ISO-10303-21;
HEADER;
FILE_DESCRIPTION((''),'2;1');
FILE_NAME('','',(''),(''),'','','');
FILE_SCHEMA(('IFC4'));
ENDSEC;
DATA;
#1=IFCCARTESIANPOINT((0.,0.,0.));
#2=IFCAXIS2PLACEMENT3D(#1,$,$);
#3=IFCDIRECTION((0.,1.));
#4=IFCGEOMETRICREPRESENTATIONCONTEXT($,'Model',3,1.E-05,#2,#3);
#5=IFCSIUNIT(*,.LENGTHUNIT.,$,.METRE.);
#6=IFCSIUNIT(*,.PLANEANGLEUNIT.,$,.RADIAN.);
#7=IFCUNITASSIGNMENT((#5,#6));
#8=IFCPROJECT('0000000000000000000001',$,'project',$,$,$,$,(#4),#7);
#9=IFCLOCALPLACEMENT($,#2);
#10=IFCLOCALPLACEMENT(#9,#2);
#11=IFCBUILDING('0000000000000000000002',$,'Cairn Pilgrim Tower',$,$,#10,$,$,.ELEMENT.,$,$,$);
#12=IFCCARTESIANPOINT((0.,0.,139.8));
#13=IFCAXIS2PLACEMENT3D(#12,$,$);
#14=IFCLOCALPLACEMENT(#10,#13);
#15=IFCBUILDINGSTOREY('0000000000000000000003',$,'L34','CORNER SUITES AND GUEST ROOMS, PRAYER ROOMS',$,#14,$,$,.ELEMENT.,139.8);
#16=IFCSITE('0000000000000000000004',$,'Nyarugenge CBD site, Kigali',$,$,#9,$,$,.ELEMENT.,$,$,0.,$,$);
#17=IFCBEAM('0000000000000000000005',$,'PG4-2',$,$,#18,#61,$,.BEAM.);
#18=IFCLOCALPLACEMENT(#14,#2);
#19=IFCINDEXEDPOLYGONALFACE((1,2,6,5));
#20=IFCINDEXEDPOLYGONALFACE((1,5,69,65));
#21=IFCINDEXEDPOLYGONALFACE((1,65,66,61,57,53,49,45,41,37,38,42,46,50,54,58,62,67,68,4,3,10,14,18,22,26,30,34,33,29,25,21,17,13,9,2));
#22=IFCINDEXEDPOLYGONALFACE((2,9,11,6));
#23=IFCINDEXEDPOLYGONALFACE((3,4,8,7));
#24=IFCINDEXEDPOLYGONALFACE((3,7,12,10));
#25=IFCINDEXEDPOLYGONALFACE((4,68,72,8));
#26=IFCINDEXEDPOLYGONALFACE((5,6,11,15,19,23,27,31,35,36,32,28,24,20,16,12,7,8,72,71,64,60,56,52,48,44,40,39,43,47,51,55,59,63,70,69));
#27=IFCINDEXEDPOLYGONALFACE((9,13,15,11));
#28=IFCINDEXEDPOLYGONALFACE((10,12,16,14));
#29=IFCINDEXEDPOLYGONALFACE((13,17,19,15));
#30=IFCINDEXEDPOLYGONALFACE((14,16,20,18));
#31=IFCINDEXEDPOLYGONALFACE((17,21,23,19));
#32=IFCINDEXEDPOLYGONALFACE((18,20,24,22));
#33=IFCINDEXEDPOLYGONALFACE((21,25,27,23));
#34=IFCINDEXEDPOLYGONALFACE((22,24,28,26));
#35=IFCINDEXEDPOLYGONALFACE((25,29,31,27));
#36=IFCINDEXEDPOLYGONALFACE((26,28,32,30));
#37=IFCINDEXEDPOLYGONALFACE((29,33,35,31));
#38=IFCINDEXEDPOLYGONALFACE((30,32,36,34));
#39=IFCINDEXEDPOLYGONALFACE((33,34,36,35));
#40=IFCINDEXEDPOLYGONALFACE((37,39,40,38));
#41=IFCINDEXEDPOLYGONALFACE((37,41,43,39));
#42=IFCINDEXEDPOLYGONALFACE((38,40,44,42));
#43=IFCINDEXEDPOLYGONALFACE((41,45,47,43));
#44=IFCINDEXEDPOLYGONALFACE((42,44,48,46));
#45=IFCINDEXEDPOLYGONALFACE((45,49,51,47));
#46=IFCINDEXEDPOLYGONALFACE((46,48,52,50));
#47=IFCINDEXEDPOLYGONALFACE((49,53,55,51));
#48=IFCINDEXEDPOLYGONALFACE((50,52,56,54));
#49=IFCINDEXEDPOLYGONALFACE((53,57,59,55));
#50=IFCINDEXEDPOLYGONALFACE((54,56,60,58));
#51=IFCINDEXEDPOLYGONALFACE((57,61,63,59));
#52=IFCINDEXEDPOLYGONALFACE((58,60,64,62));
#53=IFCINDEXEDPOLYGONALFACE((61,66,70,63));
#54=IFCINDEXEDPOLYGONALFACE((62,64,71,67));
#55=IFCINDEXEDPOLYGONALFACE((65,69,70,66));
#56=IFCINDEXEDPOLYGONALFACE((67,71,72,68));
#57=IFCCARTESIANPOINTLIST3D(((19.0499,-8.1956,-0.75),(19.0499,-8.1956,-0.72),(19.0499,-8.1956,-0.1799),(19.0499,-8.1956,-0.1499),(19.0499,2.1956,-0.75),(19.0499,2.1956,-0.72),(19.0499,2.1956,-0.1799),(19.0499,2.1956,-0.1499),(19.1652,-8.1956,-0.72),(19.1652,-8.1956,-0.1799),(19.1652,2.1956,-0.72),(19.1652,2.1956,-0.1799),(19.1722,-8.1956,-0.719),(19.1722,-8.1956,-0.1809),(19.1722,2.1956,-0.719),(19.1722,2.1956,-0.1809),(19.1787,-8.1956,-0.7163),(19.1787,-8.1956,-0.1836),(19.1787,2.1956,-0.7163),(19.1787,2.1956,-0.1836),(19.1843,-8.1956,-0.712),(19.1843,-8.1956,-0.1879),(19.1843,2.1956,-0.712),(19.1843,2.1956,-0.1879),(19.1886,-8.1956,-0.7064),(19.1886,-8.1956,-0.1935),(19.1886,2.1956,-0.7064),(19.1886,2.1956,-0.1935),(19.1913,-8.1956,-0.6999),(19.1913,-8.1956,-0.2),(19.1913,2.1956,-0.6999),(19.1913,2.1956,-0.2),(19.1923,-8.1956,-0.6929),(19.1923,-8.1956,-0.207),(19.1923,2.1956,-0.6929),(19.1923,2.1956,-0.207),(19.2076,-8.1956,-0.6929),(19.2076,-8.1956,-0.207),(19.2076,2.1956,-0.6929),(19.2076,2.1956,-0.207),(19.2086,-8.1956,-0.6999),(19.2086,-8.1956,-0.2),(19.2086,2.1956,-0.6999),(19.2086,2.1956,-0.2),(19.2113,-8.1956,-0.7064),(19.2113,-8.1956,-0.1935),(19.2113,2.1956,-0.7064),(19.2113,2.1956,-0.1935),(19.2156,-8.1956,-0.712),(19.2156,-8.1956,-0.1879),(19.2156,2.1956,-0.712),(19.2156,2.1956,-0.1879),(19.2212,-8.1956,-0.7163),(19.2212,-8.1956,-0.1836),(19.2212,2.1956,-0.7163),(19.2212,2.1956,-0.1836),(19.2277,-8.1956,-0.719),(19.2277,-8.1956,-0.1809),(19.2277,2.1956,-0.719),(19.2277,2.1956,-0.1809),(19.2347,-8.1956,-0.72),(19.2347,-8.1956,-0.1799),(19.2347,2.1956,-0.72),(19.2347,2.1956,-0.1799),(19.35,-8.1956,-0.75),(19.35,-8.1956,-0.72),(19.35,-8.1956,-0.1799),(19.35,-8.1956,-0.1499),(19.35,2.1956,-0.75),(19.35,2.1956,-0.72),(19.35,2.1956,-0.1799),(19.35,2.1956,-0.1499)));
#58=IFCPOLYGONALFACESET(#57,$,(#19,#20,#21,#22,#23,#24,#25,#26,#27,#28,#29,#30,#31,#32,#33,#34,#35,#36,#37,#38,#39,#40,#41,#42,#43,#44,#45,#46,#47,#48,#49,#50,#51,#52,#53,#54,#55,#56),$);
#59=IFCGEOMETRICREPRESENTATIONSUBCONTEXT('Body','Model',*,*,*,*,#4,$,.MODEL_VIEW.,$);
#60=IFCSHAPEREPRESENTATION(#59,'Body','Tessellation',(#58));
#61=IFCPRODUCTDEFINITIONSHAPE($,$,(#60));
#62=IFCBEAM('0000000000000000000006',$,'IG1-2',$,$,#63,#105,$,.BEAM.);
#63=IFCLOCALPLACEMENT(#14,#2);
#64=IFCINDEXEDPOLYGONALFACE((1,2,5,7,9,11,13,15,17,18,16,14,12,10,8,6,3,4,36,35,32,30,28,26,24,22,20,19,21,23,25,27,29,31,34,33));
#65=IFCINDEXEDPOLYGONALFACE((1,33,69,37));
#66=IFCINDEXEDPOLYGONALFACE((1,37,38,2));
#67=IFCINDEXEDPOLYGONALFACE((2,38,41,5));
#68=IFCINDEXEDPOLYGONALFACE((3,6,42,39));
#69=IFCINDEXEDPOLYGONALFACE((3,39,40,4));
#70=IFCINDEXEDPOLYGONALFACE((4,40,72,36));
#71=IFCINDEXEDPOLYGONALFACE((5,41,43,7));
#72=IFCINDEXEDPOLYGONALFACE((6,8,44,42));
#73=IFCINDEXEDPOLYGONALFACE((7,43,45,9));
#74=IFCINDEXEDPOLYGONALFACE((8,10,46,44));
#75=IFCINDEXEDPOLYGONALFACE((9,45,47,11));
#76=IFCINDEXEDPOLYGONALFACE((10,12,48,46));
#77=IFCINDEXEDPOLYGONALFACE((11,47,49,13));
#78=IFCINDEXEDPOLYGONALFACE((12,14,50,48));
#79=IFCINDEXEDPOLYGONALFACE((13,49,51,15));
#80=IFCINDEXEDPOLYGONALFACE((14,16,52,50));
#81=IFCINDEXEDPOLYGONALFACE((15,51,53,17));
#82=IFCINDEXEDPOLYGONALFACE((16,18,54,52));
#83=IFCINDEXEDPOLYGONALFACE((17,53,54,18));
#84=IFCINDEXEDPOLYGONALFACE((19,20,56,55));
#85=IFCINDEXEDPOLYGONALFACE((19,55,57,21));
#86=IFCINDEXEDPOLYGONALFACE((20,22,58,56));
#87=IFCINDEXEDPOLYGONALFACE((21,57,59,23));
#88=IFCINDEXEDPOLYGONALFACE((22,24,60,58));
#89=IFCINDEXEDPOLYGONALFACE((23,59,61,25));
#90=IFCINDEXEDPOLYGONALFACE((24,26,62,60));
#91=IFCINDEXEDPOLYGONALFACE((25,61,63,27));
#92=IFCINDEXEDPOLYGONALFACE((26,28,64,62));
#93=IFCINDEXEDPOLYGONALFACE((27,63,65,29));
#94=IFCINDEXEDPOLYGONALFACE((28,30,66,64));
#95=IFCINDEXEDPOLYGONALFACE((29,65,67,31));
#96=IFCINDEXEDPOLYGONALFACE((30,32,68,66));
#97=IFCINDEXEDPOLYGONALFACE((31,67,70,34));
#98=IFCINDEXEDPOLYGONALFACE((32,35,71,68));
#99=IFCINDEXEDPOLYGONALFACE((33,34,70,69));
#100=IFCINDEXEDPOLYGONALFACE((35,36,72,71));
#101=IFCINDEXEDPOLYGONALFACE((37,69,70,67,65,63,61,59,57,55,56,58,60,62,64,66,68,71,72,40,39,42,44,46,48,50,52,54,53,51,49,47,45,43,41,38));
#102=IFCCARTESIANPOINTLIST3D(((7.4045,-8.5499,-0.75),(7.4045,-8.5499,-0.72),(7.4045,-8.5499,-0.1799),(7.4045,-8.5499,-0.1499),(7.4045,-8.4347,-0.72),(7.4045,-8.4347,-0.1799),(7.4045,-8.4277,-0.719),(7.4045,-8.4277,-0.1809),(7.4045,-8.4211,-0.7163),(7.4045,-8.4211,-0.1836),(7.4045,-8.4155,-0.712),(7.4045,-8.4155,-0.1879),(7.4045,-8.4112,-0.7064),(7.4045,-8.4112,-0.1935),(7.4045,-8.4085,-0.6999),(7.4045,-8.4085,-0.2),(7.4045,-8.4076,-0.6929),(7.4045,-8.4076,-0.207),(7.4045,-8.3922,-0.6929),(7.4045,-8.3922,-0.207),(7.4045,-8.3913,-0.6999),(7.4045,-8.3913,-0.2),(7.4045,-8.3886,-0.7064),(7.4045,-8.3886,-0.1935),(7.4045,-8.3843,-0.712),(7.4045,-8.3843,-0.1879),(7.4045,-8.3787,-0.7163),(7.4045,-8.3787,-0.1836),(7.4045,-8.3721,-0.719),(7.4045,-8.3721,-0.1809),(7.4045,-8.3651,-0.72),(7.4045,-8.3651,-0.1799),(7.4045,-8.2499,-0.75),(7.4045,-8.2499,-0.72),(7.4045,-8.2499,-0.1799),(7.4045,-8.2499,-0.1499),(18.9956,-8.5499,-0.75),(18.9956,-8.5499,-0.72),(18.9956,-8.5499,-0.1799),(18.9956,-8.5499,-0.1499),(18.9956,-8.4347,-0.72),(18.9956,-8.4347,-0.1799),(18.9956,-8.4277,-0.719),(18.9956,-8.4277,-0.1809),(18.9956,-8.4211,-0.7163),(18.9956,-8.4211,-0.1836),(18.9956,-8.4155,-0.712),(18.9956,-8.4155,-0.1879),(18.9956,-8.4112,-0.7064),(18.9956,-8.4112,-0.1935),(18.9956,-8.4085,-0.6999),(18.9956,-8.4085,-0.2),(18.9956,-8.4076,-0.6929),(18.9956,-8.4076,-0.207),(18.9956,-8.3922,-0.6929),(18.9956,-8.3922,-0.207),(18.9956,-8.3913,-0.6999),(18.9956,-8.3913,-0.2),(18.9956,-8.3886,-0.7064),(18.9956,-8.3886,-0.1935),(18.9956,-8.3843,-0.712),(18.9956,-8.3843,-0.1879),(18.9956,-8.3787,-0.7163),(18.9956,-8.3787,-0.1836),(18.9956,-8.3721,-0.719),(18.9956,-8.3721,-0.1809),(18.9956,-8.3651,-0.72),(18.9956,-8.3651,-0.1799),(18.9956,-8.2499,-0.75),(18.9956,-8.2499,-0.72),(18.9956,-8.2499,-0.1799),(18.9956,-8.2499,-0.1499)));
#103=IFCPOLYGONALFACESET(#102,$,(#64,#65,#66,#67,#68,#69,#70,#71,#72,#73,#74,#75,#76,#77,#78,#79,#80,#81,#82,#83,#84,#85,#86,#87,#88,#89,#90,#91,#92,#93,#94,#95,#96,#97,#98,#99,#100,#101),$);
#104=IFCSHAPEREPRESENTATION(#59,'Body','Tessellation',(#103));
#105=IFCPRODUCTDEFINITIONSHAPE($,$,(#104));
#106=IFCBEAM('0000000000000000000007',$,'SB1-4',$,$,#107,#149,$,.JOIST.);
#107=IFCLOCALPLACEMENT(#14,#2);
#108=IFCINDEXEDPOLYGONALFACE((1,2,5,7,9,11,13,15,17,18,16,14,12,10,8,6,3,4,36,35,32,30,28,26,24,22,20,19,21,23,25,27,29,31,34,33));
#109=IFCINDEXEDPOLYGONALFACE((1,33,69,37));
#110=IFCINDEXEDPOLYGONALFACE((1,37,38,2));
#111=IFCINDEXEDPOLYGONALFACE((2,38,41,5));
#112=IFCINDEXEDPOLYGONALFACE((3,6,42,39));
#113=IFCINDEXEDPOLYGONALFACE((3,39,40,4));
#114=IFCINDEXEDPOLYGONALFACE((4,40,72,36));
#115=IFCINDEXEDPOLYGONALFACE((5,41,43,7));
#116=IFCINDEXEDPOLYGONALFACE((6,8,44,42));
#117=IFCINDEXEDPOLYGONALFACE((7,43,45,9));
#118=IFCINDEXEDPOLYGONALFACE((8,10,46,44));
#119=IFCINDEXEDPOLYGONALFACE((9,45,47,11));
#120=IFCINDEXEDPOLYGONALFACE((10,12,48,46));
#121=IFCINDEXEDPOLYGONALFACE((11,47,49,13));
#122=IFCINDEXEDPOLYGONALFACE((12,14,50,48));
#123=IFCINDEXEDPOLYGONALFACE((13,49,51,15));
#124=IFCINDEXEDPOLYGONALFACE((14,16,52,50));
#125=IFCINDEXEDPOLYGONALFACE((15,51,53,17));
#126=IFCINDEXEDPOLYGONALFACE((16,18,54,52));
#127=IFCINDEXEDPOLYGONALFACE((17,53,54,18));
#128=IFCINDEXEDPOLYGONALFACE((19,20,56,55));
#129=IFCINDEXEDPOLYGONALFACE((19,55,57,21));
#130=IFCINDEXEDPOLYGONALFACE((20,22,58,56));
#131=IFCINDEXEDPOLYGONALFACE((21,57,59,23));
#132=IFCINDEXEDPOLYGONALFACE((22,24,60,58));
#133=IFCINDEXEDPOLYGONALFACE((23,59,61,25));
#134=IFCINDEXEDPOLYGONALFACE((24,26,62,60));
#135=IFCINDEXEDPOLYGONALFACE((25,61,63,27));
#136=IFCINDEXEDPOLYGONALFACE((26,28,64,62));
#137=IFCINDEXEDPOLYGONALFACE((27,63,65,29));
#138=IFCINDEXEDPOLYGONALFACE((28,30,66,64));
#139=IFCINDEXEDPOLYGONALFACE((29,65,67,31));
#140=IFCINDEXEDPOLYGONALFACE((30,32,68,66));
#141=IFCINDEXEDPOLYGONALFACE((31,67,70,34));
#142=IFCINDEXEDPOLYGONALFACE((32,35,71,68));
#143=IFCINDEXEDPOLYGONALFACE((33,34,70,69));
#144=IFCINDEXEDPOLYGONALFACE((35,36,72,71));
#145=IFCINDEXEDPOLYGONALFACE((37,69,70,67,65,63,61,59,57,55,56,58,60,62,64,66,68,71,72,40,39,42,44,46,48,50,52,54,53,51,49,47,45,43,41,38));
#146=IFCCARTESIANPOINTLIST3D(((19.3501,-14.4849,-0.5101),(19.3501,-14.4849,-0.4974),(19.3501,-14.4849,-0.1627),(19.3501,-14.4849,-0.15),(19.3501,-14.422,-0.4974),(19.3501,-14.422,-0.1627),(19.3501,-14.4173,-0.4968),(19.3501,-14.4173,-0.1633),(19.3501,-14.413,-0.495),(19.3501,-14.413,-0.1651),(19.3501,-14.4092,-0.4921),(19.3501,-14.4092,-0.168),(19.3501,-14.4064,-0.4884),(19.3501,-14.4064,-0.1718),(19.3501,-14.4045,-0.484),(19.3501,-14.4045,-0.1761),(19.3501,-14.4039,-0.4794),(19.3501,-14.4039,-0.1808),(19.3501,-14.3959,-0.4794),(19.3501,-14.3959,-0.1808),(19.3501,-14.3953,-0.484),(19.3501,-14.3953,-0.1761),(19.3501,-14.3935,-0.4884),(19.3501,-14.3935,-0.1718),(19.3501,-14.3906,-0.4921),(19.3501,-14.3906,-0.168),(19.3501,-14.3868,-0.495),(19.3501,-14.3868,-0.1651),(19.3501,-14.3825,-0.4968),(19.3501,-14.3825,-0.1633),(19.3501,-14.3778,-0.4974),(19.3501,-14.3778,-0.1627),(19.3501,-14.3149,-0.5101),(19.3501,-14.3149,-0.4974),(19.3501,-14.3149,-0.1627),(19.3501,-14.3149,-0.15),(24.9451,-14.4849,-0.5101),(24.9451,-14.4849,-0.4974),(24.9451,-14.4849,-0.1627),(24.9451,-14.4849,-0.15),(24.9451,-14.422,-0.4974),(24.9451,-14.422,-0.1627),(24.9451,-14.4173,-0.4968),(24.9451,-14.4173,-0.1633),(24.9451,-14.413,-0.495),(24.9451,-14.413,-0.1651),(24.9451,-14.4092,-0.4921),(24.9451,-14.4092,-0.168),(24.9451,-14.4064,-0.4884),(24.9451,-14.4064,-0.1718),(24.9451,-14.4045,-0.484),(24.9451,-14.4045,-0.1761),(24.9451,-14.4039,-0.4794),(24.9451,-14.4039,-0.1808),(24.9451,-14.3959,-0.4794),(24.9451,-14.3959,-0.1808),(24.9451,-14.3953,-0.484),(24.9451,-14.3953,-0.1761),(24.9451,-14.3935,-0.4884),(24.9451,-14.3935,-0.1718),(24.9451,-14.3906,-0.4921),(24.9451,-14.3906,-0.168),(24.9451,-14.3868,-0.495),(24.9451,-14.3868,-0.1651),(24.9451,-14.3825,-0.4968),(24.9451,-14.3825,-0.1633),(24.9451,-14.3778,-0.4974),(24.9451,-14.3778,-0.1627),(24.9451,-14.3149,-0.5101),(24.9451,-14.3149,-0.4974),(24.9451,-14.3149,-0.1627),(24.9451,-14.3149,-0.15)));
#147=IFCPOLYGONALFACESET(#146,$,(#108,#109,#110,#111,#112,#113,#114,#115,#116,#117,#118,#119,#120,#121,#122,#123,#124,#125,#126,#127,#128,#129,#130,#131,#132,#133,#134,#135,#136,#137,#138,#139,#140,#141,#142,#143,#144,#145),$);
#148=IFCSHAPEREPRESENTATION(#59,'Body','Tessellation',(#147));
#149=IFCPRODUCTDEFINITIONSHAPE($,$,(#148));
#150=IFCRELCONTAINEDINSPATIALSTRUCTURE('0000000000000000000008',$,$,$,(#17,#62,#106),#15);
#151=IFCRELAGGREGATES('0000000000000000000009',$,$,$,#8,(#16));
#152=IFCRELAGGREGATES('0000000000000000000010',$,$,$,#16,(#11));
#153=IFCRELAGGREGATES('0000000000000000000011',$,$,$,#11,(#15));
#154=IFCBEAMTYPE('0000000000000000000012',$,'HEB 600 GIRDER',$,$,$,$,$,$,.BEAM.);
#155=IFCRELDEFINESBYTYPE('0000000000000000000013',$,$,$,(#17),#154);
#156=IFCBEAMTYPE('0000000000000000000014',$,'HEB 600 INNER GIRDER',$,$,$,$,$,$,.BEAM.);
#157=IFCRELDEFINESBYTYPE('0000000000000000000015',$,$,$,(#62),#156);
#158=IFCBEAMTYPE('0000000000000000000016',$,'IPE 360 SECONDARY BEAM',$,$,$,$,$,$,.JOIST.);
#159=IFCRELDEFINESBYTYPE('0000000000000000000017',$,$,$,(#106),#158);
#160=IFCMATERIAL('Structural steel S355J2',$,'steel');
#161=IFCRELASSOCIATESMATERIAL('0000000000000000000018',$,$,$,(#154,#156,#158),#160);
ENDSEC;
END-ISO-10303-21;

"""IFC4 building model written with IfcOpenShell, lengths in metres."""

from ifc_helpers import new_model, si_unit, direction, frame, origin, origin_2d, place, context, subcontext, project, spatial, i_section, extrude, material, material_profile, profile_set, type_object, element, save


model = new_model("IFC4")

# Units and contexts
model_context = context("Model", 3, precision=1e-05, world=origin(), true_north=direction((0.0, 1.0)))
body_context = subcontext(model_context, "Body", "Model", "MODEL_VIEW")
ifc_project = project(units=[si_unit("LENGTHUNIT", "METRE"), si_unit("PLANEANGLEUNIT", "RADIAN")], contexts=[model_context])

# Site, building, storey
site_placement = place(None, origin())
site = spatial("IfcSite", under=ifc_project, at=site_placement, Name="Nyarugenge CBD site, Kigali", CompositionType="ELEMENT", RefElevation=0.0)
building_placement = place(site_placement, origin())
building = spatial("IfcBuilding", under=site, at=building_placement, Name="Cairn Pilgrim Tower", CompositionType="ELEMENT")
storey_placement = place(building_placement, frame((0.0, 0.0, 139.8)))
storey = spatial("IfcBuildingStorey", under=building, at=storey_placement, Name="L34", Description="CORNER SUITES AND GUEST ROOMS, PRAYER ROOMS", CompositionType="ELEMENT", Elevation=139.8)

# Beams
ifc_material_1 = material(Name="Structural steel S355J2", Category="steel")
ifc_material_profile_1 = material_profile(ifc_material_1, i_section(OverallWidth=0.3, OverallDepth=0.6001, WebThickness=0.0154, FlangeThickness=0.03, FilletRadius=0.0271, at=origin_2d()), Name="HEB 600")
ifc_profile_set_1 = profile_set([ifc_material_profile_1], Name="Structural steel S355J2")
beam_type_1 = type_object("IfcBeamType", Name="HEB 600 GIRDER", PredefinedType="BEAM", material=ifc_profile_set_1)
beam_1_placement = place(storey_placement, frame((19.2, -8.1956, -0.45), z_axis=(0.0, 1.0, 0.0), x_axis=(-1.0, 0.0, 0.0)))
element("IfcBeam", 1, at=beam_1_placement, inside=storey, type_object=beam_type_1, Name="PG4-2", PredefinedType="BEAM", context=body_context, shape_type="SweptSolid", body=[
    extrude(i_section(OverallWidth=0.3, OverallDepth=0.6001, WebThickness=0.0154, FlangeThickness=0.03, FilletRadius=0.0271, at=origin_2d()), origin(), (0.0, 0.0, 1.0), 10.3911),
])
ifc_material_profile_2 = material_profile(ifc_material_1, i_section(OverallWidth=0.3, OverallDepth=0.6001, WebThickness=0.0154, FlangeThickness=0.03, FilletRadius=0.0271, at=origin_2d()), Name="HEB 600")
ifc_profile_set_2 = profile_set([ifc_material_profile_2], Name="Structural steel S355J2")
beam_type_2 = type_object("IfcBeamType", Name="HEB 600 INNER GIRDER", PredefinedType="BEAM", material=ifc_profile_set_2)
beam_2_placement = place(storey_placement, frame((7.4045, -8.3999, -0.45), z_axis=(1.0, 0.0, 0.0), x_axis=(0.0, 1.0, 0.0)))
element("IfcBeam", 2, at=beam_2_placement, inside=storey, type_object=beam_type_2, Name="IG1-2", PredefinedType="BEAM", context=body_context, shape_type="SweptSolid", body=[
    extrude(i_section(OverallWidth=0.3, OverallDepth=0.6001, WebThickness=0.0154, FlangeThickness=0.03, FilletRadius=0.0271, at=origin_2d()), origin(), (0.0, 0.0, 1.0), 11.5911),
])
ifc_material_profile_3 = material_profile(ifc_material_1, i_section(OverallWidth=0.1699, OverallDepth=0.3601, WebThickness=0.0081, FlangeThickness=0.0127, FilletRadius=0.0181, at=origin_2d()), Name="IPE 360")
ifc_profile_set_3 = profile_set([ifc_material_profile_3], Name="Structural steel S355J2")
beam_type_3 = type_object("IfcBeamType", Name="IPE 360 SECONDARY BEAM", PredefinedType="JOIST", material=ifc_profile_set_3)
beam_3_placement = place(storey_placement, frame((19.3501, -14.3999, -0.3301), z_axis=(1.0, 0.0, 0.0), x_axis=(0.0, 1.0, 0.0)))
element("IfcBeam", 3, at=beam_3_placement, inside=storey, type_object=beam_type_3, Name="SB1-4", PredefinedType="JOIST", context=body_context, shape_type="SweptSolid", body=[
    extrude(i_section(OverallWidth=0.1699, OverallDepth=0.3601, WebThickness=0.0081, FlangeThickness=0.0127, FilletRadius=0.0181, at=origin_2d()), origin(), (0.0, 0.0, 1.0), 5.595),
])

save(model, "model.ifc")
